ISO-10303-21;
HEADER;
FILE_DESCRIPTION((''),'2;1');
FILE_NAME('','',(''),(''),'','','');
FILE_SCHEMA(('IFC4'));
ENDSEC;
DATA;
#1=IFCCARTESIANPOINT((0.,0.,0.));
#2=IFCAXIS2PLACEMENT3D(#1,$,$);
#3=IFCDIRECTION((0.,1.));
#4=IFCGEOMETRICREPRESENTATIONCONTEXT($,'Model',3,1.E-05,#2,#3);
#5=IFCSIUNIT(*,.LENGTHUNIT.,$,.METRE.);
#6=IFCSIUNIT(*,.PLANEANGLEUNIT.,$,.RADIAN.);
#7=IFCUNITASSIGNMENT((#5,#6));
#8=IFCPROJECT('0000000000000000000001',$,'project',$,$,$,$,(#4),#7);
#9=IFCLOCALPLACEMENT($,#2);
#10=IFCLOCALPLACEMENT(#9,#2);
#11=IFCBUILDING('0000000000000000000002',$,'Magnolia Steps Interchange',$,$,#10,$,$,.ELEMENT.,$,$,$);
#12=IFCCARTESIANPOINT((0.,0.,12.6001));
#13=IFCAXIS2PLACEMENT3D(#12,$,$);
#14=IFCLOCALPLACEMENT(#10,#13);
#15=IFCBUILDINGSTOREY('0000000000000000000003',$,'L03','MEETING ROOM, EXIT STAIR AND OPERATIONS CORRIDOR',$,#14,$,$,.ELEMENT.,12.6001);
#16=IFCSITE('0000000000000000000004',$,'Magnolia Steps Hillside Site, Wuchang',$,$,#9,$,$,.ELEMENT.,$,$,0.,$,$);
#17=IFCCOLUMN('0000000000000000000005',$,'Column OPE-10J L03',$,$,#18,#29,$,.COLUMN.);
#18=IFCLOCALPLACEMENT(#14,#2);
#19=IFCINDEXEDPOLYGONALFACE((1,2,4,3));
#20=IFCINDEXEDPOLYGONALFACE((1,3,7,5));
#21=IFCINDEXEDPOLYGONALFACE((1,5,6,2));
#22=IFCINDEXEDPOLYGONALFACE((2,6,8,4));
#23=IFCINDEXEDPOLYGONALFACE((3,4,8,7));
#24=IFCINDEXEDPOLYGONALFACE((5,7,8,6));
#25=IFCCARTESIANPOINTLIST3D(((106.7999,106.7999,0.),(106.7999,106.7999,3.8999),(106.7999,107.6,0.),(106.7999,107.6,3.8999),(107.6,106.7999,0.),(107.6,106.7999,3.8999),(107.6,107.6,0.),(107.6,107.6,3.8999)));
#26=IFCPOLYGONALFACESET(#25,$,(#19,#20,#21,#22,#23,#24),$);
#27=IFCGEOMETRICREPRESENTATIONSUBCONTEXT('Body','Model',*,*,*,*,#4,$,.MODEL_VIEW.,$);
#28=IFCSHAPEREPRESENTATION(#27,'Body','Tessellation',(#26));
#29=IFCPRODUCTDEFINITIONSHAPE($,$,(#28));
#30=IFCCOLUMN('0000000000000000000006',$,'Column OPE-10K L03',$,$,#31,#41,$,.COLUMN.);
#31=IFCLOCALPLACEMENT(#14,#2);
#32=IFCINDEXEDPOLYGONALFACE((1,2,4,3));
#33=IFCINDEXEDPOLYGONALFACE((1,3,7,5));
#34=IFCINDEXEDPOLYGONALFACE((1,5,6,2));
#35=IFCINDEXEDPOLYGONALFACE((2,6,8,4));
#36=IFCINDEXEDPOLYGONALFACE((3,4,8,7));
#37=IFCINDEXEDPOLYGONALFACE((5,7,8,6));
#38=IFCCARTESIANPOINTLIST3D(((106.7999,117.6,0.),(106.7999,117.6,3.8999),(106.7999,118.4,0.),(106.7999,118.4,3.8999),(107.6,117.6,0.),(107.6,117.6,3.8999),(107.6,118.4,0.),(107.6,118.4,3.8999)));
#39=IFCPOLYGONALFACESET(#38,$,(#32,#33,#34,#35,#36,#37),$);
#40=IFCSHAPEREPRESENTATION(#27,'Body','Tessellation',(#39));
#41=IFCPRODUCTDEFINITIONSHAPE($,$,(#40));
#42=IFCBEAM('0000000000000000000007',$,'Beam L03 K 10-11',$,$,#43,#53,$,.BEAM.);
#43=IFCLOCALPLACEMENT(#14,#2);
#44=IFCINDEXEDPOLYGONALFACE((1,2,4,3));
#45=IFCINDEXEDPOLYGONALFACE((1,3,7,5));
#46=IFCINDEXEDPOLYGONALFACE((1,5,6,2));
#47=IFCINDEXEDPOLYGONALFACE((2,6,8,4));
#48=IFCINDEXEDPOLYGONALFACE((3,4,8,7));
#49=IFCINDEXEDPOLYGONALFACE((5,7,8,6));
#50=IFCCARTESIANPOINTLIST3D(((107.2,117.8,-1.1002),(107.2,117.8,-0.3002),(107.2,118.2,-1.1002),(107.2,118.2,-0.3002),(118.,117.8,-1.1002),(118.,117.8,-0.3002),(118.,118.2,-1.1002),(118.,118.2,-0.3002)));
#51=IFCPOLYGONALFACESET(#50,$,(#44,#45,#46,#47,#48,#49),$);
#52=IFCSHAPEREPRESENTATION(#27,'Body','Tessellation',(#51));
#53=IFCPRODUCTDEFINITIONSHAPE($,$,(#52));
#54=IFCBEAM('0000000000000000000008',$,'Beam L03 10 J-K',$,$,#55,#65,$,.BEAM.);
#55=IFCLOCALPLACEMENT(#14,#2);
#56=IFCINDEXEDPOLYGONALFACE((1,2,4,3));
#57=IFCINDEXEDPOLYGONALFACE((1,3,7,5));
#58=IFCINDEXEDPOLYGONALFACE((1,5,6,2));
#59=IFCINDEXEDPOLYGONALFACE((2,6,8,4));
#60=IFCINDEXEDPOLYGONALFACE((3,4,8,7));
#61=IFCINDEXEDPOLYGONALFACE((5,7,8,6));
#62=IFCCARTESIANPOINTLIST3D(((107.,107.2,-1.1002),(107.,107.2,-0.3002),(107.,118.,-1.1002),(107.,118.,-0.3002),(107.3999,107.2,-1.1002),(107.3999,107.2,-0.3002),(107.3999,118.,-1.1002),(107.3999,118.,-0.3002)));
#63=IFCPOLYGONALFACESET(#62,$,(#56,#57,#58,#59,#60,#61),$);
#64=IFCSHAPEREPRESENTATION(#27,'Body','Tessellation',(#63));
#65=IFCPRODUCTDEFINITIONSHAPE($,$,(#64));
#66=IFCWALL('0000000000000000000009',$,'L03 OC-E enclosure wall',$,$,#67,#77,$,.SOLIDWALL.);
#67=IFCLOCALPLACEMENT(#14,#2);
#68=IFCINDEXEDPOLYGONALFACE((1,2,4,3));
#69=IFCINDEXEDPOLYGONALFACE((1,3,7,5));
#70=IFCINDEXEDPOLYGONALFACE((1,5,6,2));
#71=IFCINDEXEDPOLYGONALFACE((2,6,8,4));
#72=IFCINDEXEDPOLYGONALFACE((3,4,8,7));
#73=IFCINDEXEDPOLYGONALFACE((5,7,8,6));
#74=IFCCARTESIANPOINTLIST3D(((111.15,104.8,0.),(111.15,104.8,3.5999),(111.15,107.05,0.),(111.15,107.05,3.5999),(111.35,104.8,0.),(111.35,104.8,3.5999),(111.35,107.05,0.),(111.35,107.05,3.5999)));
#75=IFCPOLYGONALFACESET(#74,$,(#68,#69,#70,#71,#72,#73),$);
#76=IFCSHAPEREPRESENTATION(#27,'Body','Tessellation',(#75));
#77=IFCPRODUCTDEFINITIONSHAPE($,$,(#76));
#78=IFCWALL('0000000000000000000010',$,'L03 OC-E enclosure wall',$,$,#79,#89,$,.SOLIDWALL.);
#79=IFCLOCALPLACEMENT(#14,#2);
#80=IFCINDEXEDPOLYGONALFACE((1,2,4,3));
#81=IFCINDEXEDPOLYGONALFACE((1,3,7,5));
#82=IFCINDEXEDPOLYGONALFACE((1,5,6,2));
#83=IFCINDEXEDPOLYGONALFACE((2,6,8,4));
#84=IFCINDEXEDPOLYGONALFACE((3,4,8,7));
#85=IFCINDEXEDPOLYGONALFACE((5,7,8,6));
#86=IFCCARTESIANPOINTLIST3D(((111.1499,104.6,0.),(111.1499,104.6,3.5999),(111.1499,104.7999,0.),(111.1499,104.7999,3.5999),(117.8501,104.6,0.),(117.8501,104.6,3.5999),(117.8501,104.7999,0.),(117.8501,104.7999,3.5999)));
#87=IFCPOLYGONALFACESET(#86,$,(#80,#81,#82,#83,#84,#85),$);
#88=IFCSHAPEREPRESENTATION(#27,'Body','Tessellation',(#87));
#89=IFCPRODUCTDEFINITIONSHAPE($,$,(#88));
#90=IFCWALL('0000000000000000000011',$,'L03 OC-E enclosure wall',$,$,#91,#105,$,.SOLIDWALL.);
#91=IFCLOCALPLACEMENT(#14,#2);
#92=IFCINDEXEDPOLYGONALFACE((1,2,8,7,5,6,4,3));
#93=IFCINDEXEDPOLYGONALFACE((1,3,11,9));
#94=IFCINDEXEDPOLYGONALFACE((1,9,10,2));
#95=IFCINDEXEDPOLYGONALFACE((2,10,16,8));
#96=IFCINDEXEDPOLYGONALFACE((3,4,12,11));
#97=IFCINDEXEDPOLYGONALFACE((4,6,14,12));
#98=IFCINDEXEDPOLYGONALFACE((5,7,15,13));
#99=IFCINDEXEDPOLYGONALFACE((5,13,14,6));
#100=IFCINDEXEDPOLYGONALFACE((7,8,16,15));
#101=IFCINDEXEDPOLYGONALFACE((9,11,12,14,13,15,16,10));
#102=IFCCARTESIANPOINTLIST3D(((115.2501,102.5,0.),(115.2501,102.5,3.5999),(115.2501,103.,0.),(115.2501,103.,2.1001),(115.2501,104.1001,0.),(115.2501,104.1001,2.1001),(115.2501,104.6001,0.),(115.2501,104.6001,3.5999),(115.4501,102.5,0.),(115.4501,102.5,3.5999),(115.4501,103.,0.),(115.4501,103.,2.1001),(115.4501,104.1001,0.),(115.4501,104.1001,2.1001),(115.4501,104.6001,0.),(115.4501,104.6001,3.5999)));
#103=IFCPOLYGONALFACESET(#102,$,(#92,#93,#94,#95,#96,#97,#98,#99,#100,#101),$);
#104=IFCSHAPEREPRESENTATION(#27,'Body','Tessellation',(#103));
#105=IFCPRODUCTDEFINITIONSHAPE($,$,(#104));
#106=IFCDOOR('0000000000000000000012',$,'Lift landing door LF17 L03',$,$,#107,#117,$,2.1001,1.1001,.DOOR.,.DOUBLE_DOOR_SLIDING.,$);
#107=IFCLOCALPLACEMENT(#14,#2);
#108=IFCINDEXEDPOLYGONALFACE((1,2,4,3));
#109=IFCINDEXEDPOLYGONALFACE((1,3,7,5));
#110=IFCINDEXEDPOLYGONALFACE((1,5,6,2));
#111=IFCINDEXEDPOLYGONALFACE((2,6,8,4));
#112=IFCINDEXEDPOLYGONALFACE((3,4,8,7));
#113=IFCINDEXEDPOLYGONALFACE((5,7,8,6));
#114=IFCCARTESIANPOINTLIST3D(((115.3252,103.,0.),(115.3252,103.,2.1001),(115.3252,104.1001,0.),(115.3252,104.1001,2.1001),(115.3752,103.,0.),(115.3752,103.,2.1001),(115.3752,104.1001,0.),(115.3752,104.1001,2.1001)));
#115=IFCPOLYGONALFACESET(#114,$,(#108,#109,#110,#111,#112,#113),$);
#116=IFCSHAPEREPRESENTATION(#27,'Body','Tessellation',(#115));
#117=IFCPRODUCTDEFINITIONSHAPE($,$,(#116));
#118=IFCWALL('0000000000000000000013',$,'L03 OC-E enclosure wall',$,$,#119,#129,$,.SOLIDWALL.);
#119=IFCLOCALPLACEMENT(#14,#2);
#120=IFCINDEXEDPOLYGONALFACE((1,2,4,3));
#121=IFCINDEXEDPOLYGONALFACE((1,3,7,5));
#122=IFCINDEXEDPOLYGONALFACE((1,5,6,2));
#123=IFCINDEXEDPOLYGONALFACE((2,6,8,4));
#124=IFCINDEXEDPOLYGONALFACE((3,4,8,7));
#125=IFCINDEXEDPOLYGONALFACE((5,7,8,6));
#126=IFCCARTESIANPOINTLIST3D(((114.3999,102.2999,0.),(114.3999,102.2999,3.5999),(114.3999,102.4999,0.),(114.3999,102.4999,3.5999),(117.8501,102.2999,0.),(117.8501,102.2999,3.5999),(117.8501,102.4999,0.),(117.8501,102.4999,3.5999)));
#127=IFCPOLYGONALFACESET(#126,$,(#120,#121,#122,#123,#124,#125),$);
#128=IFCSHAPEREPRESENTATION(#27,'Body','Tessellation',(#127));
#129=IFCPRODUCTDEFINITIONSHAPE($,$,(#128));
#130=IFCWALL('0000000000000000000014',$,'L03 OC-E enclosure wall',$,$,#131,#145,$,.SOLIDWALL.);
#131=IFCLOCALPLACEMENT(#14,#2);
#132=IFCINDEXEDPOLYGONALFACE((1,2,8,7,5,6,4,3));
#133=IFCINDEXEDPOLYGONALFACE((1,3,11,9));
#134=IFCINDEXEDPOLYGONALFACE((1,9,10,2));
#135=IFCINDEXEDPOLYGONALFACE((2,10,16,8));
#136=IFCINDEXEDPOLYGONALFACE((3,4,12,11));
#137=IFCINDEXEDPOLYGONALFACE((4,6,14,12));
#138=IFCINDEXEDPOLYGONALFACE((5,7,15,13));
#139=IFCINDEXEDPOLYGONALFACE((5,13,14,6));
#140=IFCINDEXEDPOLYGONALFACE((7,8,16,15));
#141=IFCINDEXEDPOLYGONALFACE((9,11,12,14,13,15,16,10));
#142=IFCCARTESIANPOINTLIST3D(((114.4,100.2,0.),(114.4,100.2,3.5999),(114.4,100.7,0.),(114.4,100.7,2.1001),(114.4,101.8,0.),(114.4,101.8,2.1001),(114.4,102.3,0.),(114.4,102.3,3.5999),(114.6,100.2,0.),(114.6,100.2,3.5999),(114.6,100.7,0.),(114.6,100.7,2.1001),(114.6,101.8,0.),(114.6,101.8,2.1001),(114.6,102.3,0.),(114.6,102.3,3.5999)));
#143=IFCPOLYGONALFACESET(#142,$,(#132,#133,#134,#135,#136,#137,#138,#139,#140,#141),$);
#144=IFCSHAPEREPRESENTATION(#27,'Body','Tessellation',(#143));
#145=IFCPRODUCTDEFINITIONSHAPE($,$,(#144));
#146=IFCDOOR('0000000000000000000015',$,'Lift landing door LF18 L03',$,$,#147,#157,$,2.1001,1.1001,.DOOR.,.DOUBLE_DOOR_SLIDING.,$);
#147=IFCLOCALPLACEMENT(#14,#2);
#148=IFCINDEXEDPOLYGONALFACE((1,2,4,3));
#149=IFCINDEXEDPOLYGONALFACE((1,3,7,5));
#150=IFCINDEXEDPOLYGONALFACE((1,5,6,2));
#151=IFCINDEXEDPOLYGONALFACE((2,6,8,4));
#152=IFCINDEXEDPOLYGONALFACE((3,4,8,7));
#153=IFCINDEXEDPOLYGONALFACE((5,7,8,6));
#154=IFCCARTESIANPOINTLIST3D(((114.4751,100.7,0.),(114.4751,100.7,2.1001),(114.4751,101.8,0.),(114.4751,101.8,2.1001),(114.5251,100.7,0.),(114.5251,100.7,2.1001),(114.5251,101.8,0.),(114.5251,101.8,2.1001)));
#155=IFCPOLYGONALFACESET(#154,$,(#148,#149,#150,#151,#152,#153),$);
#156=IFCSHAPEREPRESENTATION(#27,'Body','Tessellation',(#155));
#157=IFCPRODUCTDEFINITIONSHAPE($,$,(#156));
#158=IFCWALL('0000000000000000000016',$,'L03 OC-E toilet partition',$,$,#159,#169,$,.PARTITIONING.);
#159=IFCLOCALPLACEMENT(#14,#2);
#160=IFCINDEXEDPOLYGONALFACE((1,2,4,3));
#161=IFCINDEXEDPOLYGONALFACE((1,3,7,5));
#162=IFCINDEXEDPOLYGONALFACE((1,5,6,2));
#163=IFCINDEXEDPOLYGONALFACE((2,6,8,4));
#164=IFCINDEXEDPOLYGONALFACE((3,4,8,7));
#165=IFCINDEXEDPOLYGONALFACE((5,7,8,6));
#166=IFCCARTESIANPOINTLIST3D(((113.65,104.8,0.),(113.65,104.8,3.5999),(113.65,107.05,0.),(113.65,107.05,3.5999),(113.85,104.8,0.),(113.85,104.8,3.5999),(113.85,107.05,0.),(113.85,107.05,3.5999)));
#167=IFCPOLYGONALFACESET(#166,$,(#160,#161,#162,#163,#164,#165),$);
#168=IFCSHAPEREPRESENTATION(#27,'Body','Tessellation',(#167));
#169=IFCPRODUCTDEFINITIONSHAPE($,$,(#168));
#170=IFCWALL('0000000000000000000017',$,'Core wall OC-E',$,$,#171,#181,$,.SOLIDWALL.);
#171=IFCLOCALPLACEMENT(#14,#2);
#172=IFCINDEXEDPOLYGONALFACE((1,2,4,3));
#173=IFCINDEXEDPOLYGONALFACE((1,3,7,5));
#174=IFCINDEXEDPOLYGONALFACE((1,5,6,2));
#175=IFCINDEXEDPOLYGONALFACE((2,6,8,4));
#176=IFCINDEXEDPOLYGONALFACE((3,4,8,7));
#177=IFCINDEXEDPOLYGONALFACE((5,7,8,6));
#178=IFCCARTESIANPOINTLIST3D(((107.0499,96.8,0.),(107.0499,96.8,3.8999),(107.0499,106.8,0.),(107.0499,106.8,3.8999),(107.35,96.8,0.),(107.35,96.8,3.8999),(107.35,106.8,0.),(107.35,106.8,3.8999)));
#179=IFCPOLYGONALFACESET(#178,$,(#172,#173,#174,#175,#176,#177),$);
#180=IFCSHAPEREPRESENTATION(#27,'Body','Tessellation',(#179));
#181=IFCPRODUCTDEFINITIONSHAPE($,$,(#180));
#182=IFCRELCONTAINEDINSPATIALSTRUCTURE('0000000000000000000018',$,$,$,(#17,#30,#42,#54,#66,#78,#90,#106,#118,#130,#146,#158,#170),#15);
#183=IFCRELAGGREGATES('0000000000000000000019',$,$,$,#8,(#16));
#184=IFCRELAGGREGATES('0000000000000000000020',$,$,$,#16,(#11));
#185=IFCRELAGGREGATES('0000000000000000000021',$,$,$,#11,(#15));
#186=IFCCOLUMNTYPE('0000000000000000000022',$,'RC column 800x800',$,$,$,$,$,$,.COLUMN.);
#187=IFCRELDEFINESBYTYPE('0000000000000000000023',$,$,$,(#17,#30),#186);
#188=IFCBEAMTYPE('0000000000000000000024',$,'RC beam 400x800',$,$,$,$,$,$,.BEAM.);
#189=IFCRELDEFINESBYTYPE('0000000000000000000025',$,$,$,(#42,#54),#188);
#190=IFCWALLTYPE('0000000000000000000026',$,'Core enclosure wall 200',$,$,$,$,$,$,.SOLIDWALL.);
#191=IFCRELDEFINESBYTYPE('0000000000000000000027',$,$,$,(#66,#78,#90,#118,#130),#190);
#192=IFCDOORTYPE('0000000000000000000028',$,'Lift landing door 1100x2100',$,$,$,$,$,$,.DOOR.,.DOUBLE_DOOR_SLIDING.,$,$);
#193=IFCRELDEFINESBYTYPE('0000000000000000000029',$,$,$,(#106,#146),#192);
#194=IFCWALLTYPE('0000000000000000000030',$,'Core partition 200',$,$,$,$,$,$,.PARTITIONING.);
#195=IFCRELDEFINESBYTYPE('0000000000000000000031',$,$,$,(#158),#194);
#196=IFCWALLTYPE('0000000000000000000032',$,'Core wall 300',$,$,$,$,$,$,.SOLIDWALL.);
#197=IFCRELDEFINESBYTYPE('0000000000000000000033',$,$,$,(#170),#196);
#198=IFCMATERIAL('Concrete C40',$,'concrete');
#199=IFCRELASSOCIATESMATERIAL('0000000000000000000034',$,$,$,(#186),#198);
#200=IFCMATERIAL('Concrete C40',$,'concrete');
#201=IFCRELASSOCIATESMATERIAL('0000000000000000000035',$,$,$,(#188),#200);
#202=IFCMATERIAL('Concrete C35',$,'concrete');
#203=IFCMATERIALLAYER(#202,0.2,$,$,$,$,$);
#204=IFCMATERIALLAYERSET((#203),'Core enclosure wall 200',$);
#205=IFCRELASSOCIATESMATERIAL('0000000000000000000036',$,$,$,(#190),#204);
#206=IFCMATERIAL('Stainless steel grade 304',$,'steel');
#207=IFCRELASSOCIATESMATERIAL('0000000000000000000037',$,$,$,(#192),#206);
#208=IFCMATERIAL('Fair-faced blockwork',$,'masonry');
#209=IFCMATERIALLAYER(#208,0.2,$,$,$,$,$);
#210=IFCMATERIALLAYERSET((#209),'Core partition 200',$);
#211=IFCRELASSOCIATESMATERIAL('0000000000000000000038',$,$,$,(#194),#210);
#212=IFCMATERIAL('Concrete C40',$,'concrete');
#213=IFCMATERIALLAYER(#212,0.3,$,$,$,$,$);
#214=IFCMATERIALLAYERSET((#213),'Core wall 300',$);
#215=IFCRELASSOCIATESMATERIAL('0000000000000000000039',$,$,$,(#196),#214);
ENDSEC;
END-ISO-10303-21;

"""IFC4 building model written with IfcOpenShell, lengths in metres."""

from ifc_helpers import new_model, si_unit, direction, frame, frame_2d, origin, origin_2d, place, context, subcontext, project, spatial, rectangle, extrude, material, layer, layer_set, material_profile, profile_set, type_object, element, fill, save


model = new_model("IFC4")

# Units and contexts
model_context = context("Model", 3, precision=1e-05, world=origin(), true_north=direction((0.0, 1.0)))
body_context = subcontext(model_context, "Body", "Model", "MODEL_VIEW")
ifc_project = project(units=[si_unit("LENGTHUNIT", "METRE"), si_unit("PLANEANGLEUNIT", "RADIAN")], contexts=[model_context])

# Site, building, storey
site_placement = place(None, origin())
site = spatial("IfcSite", under=ifc_project, at=site_placement, Name="Magnolia Steps Hillside Site, Wuchang", CompositionType="ELEMENT", RefElevation=0.0)
building_placement = place(site_placement, origin())
building = spatial("IfcBuilding", under=site, at=building_placement, Name="Magnolia Steps Interchange", CompositionType="ELEMENT")
storey_placement = place(building_placement, frame((0.0, 0.0, 12.6001)))
storey = spatial("IfcBuildingStorey", under=building, at=storey_placement, Name="L03", Description="MEETING ROOM, EXIT STAIR AND OPERATIONS CORRIDOR", CompositionType="ELEMENT", Elevation=12.6001)

# Columns
ifc_material_1 = material(Name="Concrete C40", Category="concrete")
ifc_material_profile_1 = material_profile(ifc_material_1, rectangle(XDim=0.8, YDim=0.8, at=origin_2d()), Name="RC800x800")
ifc_profile_set_1 = profile_set([ifc_material_profile_1], Name="Concrete C40")
column_type = type_object("IfcColumnType", Name="RC column 800x800", PredefinedType="COLUMN", material=ifc_profile_set_1)
for number, where, z_axis, x_axis, name in (
    (1, (107.2, 107.2, 0.0), (0.0, 0.0, 1.0), (1.0, 0.0, 0.0), "Column OPE-10J L03"),
    (2, (107.2, 118.0, 0.0), (0.0, 0.0, 1.0), (1.0, 0.0, 0.0), "Column OPE-10K L03"),
):
    element("IfcColumn", number, at=place(storey_placement, frame(where, z_axis=z_axis, x_axis=x_axis)), inside=storey, type_object=column_type, Name=name, PredefinedType="COLUMN", context=body_context, shape_type="SweptSolid", body=[
        extrude(rectangle(XDim=0.8, YDim=0.8, at=origin_2d()), origin(), (0.0, 0.0, 1.0), 3.8999),
    ])

# Beams
ifc_material_2 = material(Name="Concrete C40", Category="concrete")
ifc_material_profile_2 = material_profile(ifc_material_2, rectangle(XDim=0.3999, YDim=0.8, at=origin_2d()), Name="RC400x800")
ifc_profile_set_2 = profile_set([ifc_material_profile_2], Name="Concrete C40")
beam_type = type_object("IfcBeamType", Name="RC beam 400x800", PredefinedType="BEAM", material=ifc_profile_set_2)
for number, where, z_axis, x_axis, name in (
    (3, (107.2, 118.0, -0.7002), (1.0, 0.0, 0.0), (0.0, 1.0, 0.0), "Beam L03 K 10-11"),
    (4, (107.2, 107.2, -0.7002), (0.0, 1.0, 0.0), (-1.0, 0.0, 0.0), "Beam L03 10 J-K"),
):
    element("IfcBeam", number, at=place(storey_placement, frame(where, z_axis=z_axis, x_axis=x_axis)), inside=storey, type_object=beam_type, Name=name, PredefinedType="BEAM", context=body_context, shape_type="SweptSolid", body=[
        extrude(rectangle(XDim=0.3999, YDim=0.8, at=origin_2d()), origin(), (0.0, 0.0, 1.0), 10.8),
    ])

# Walls
ifc_material_3 = material(Name="Concrete C35", Category="concrete")
ifc_layer_1 = layer(ifc_material_3, 0.2)
ifc_layer_set_1 = layer_set([ifc_layer_1], Name="Core enclosure wall 200")
wall_type_1 = type_object("IfcWallType", Name="Core enclosure wall 200", PredefinedType="SOLIDWALL", material=ifc_layer_set_1)
wall_1_placement = place(storey_placement, frame((111.25, 107.05, 0.0), z_axis=(0.0, 0.0, 1.0), x_axis=(0.0, -1.0, 0.0)))
element("IfcWall", 5, at=wall_1_placement, inside=storey, type_object=wall_type_1, Name="L03 OC-E enclosure wall", PredefinedType="SOLIDWALL", context=body_context, shape_type="SweptSolid", body=[
    extrude(rectangle(XDim=2.25, YDim=0.2, at=frame_2d((1.125, 0.0))), origin(), (0.0, 0.0, 1.0), 3.5999),
])
wall_2_placement = place(storey_placement, frame((111.1499, 104.7, 0.0), z_axis=(0.0, 0.0, 1.0), x_axis=(1.0, 0.0, 0.0)))
element("IfcWall", 6, at=wall_2_placement, inside=storey, type_object=wall_type_1, Name="L03 OC-E enclosure wall", PredefinedType="SOLIDWALL", context=body_context, shape_type="SweptSolid", body=[
    extrude(rectangle(XDim=6.7002, YDim=0.2, at=frame_2d((3.3501, 0.0))), origin(), (0.0, 0.0, 1.0), 3.5999),
])

# Wall, opening, door
wall_3_placement = place(storey_placement, frame((115.3501, 104.6001, 0.0), z_axis=(0.0, 0.0, 1.0), x_axis=(0.0, -1.0, 0.0)))
wall_3 = element("IfcWall", 7, at=wall_3_placement, inside=storey, type_object=wall_type_1, Name="L03 OC-E enclosure wall", PredefinedType="SOLIDWALL", context=body_context, shape_type="SweptSolid", body=[
    extrude(rectangle(XDim=2.1001, YDim=0.2, at=frame_2d((1.05, 0.0))), origin(), (0.0, 0.0, 1.0), 3.5999),
])
opening_1_placement = place(wall_3_placement, frame((0.5, 0.0, 0.0)))
opening_1 = element("IfcOpeningElement", 8, at=opening_1_placement, cuts=wall_3, PredefinedType="OPENING", context=body_context, shape_type="SweptSolid", body=[
    extrude(rectangle(XDim=1.1001, YDim=2.1001, at=frame_2d((0.55, 1.05))), frame((0.0, 0.1099, 0.0), z_axis=(0.0, -1.0, 0.0), x_axis=(1.0, 0.0, 0.0)), (0.0, 0.0, 1.0), 0.22),
])
ifc_material_4 = material(Name="Stainless steel grade 304", Category="steel")
door_type = type_object("IfcDoorType", Name="Lift landing door 1100x2100", OperationType="DOUBLE_DOOR_SLIDING", PredefinedType="DOOR", material=ifc_material_4)
door_1_placement = place(opening_1_placement, frame((1.1001, 0.0, 0.0), z_axis=(0.0, 0.0, 1.0), x_axis=(-1.0, 0.0, 0.0)))
door_1 = element("IfcDoor", 9, at=door_1_placement, inside=storey, type_object=door_type, Name="Lift landing door LF17 L03", OperationType="DOUBLE_DOOR_SLIDING", OverallHeight=2.1001, OverallWidth=1.1001, PredefinedType="DOOR", context=body_context, shape_type="SweptSolid", body=[
    extrude(rectangle(XDim=1.1001, YDim=2.1001, at=frame_2d((0.55, 1.05))), frame((0.0, 0.0249, 0.0), z_axis=(0.0, -1.0, 0.0), x_axis=(1.0, 0.0, 0.0)), (0.0, 0.0, 1.0), 0.05),
])
fill(opening_1, door_1)

# Wall
wall_4_placement = place(storey_placement, frame((114.3999, 102.3999, 0.0), z_axis=(0.0, 0.0, 1.0), x_axis=(1.0, 0.0, 0.0)))
element("IfcWall", 10, at=wall_4_placement, inside=storey, type_object=wall_type_1, Name="L03 OC-E enclosure wall", PredefinedType="SOLIDWALL", context=body_context, shape_type="SweptSolid", body=[
    extrude(rectangle(XDim=3.4502, YDim=0.2, at=frame_2d((1.7251, 0.0))), origin(), (0.0, 0.0, 1.0), 3.5999),
])

# Wall, opening, door
wall_5_placement = place(storey_placement, frame((114.5, 102.3, 0.0), z_axis=(0.0, 0.0, 1.0), x_axis=(0.0, -1.0, 0.0)))
wall_5 = element("IfcWall", 11, at=wall_5_placement, inside=storey, type_object=wall_type_1, Name="L03 OC-E enclosure wall", PredefinedType="SOLIDWALL", context=body_context, shape_type="SweptSolid", body=[
    extrude(rectangle(XDim=2.1001, YDim=0.2, at=frame_2d((1.05, 0.0))), origin(), (0.0, 0.0, 1.0), 3.5999),
])
opening_2_placement = place(wall_5_placement, frame((0.5, 0.0, 0.0)))
opening_2 = element("IfcOpeningElement", 12, at=opening_2_placement, cuts=wall_5, PredefinedType="OPENING", context=body_context, shape_type="SweptSolid", body=[
    extrude(rectangle(XDim=1.1001, YDim=2.1001, at=frame_2d((0.55, 1.05))), frame((0.0, 0.1099, 0.0), z_axis=(0.0, -1.0, 0.0), x_axis=(1.0, 0.0, 0.0)), (0.0, 0.0, 1.0), 0.22),
])
door_2_placement = place(opening_2_placement, frame((1.1001, 0.0, 0.0), z_axis=(0.0, 0.0, 1.0), x_axis=(-1.0, 0.0, 0.0)))
door_2 = element("IfcDoor", 13, at=door_2_placement, inside=storey, type_object=door_type, Name="Lift landing door LF18 L03", OperationType="DOUBLE_DOOR_SLIDING", OverallHeight=2.1001, OverallWidth=1.1001, PredefinedType="DOOR", context=body_context, shape_type="SweptSolid", body=[
    extrude(rectangle(XDim=1.1001, YDim=2.1001, at=frame_2d((0.55, 1.05))), frame((0.0, 0.0249, 0.0), z_axis=(0.0, -1.0, 0.0), x_axis=(1.0, 0.0, 0.0)), (0.0, 0.0, 1.0), 0.05),
])
fill(opening_2, door_2)

# Walls
ifc_material_5 = material(Name="Fair-faced blockwork", Category="masonry")
ifc_layer_2 = layer(ifc_material_5, 0.2)
ifc_layer_set_2 = layer_set([ifc_layer_2], Name="Core partition 200")
wall_type_2 = type_object("IfcWallType", Name="Core partition 200", PredefinedType="PARTITIONING", material=ifc_layer_set_2)
wall_6_placement = place(storey_placement, frame((113.75, 107.05, 0.0), z_axis=(0.0, 0.0, 1.0), x_axis=(0.0, -1.0, 0.0)))
element("IfcWall", 14, at=wall_6_placement, inside=storey, type_object=wall_type_2, Name="L03 OC-E toilet partition", PredefinedType="PARTITIONING", context=body_context, shape_type="SweptSolid", body=[
    extrude(rectangle(XDim=2.25, YDim=0.2, at=frame_2d((1.125, 0.0))), origin(), (0.0, 0.0, 1.0), 3.5999),
])
ifc_material_6 = material(Name="Concrete C40", Category="concrete")
ifc_layer_3 = layer(ifc_material_6, 0.3)
ifc_layer_set_3 = layer_set([ifc_layer_3], Name="Core wall 300")
wall_type_3 = type_object("IfcWallType", Name="Core wall 300", PredefinedType="SOLIDWALL", material=ifc_layer_set_3)
wall_7_placement = place(storey_placement, frame((107.2, 106.8, 0.0), z_axis=(0.0, 0.0, 1.0), x_axis=(0.0, -1.0, 0.0)))
element("IfcWall", 15, at=wall_7_placement, inside=storey, type_object=wall_type_3, Name="Core wall OC-E", PredefinedType="SOLIDWALL", context=body_context, shape_type="SweptSolid", body=[
    extrude(rectangle(XDim=10.0, YDim=0.3, at=frame_2d((5.0, 0.0))), origin(), (0.0, 0.0, 1.0), 3.8999),
])

save(model, "model.ifc")
